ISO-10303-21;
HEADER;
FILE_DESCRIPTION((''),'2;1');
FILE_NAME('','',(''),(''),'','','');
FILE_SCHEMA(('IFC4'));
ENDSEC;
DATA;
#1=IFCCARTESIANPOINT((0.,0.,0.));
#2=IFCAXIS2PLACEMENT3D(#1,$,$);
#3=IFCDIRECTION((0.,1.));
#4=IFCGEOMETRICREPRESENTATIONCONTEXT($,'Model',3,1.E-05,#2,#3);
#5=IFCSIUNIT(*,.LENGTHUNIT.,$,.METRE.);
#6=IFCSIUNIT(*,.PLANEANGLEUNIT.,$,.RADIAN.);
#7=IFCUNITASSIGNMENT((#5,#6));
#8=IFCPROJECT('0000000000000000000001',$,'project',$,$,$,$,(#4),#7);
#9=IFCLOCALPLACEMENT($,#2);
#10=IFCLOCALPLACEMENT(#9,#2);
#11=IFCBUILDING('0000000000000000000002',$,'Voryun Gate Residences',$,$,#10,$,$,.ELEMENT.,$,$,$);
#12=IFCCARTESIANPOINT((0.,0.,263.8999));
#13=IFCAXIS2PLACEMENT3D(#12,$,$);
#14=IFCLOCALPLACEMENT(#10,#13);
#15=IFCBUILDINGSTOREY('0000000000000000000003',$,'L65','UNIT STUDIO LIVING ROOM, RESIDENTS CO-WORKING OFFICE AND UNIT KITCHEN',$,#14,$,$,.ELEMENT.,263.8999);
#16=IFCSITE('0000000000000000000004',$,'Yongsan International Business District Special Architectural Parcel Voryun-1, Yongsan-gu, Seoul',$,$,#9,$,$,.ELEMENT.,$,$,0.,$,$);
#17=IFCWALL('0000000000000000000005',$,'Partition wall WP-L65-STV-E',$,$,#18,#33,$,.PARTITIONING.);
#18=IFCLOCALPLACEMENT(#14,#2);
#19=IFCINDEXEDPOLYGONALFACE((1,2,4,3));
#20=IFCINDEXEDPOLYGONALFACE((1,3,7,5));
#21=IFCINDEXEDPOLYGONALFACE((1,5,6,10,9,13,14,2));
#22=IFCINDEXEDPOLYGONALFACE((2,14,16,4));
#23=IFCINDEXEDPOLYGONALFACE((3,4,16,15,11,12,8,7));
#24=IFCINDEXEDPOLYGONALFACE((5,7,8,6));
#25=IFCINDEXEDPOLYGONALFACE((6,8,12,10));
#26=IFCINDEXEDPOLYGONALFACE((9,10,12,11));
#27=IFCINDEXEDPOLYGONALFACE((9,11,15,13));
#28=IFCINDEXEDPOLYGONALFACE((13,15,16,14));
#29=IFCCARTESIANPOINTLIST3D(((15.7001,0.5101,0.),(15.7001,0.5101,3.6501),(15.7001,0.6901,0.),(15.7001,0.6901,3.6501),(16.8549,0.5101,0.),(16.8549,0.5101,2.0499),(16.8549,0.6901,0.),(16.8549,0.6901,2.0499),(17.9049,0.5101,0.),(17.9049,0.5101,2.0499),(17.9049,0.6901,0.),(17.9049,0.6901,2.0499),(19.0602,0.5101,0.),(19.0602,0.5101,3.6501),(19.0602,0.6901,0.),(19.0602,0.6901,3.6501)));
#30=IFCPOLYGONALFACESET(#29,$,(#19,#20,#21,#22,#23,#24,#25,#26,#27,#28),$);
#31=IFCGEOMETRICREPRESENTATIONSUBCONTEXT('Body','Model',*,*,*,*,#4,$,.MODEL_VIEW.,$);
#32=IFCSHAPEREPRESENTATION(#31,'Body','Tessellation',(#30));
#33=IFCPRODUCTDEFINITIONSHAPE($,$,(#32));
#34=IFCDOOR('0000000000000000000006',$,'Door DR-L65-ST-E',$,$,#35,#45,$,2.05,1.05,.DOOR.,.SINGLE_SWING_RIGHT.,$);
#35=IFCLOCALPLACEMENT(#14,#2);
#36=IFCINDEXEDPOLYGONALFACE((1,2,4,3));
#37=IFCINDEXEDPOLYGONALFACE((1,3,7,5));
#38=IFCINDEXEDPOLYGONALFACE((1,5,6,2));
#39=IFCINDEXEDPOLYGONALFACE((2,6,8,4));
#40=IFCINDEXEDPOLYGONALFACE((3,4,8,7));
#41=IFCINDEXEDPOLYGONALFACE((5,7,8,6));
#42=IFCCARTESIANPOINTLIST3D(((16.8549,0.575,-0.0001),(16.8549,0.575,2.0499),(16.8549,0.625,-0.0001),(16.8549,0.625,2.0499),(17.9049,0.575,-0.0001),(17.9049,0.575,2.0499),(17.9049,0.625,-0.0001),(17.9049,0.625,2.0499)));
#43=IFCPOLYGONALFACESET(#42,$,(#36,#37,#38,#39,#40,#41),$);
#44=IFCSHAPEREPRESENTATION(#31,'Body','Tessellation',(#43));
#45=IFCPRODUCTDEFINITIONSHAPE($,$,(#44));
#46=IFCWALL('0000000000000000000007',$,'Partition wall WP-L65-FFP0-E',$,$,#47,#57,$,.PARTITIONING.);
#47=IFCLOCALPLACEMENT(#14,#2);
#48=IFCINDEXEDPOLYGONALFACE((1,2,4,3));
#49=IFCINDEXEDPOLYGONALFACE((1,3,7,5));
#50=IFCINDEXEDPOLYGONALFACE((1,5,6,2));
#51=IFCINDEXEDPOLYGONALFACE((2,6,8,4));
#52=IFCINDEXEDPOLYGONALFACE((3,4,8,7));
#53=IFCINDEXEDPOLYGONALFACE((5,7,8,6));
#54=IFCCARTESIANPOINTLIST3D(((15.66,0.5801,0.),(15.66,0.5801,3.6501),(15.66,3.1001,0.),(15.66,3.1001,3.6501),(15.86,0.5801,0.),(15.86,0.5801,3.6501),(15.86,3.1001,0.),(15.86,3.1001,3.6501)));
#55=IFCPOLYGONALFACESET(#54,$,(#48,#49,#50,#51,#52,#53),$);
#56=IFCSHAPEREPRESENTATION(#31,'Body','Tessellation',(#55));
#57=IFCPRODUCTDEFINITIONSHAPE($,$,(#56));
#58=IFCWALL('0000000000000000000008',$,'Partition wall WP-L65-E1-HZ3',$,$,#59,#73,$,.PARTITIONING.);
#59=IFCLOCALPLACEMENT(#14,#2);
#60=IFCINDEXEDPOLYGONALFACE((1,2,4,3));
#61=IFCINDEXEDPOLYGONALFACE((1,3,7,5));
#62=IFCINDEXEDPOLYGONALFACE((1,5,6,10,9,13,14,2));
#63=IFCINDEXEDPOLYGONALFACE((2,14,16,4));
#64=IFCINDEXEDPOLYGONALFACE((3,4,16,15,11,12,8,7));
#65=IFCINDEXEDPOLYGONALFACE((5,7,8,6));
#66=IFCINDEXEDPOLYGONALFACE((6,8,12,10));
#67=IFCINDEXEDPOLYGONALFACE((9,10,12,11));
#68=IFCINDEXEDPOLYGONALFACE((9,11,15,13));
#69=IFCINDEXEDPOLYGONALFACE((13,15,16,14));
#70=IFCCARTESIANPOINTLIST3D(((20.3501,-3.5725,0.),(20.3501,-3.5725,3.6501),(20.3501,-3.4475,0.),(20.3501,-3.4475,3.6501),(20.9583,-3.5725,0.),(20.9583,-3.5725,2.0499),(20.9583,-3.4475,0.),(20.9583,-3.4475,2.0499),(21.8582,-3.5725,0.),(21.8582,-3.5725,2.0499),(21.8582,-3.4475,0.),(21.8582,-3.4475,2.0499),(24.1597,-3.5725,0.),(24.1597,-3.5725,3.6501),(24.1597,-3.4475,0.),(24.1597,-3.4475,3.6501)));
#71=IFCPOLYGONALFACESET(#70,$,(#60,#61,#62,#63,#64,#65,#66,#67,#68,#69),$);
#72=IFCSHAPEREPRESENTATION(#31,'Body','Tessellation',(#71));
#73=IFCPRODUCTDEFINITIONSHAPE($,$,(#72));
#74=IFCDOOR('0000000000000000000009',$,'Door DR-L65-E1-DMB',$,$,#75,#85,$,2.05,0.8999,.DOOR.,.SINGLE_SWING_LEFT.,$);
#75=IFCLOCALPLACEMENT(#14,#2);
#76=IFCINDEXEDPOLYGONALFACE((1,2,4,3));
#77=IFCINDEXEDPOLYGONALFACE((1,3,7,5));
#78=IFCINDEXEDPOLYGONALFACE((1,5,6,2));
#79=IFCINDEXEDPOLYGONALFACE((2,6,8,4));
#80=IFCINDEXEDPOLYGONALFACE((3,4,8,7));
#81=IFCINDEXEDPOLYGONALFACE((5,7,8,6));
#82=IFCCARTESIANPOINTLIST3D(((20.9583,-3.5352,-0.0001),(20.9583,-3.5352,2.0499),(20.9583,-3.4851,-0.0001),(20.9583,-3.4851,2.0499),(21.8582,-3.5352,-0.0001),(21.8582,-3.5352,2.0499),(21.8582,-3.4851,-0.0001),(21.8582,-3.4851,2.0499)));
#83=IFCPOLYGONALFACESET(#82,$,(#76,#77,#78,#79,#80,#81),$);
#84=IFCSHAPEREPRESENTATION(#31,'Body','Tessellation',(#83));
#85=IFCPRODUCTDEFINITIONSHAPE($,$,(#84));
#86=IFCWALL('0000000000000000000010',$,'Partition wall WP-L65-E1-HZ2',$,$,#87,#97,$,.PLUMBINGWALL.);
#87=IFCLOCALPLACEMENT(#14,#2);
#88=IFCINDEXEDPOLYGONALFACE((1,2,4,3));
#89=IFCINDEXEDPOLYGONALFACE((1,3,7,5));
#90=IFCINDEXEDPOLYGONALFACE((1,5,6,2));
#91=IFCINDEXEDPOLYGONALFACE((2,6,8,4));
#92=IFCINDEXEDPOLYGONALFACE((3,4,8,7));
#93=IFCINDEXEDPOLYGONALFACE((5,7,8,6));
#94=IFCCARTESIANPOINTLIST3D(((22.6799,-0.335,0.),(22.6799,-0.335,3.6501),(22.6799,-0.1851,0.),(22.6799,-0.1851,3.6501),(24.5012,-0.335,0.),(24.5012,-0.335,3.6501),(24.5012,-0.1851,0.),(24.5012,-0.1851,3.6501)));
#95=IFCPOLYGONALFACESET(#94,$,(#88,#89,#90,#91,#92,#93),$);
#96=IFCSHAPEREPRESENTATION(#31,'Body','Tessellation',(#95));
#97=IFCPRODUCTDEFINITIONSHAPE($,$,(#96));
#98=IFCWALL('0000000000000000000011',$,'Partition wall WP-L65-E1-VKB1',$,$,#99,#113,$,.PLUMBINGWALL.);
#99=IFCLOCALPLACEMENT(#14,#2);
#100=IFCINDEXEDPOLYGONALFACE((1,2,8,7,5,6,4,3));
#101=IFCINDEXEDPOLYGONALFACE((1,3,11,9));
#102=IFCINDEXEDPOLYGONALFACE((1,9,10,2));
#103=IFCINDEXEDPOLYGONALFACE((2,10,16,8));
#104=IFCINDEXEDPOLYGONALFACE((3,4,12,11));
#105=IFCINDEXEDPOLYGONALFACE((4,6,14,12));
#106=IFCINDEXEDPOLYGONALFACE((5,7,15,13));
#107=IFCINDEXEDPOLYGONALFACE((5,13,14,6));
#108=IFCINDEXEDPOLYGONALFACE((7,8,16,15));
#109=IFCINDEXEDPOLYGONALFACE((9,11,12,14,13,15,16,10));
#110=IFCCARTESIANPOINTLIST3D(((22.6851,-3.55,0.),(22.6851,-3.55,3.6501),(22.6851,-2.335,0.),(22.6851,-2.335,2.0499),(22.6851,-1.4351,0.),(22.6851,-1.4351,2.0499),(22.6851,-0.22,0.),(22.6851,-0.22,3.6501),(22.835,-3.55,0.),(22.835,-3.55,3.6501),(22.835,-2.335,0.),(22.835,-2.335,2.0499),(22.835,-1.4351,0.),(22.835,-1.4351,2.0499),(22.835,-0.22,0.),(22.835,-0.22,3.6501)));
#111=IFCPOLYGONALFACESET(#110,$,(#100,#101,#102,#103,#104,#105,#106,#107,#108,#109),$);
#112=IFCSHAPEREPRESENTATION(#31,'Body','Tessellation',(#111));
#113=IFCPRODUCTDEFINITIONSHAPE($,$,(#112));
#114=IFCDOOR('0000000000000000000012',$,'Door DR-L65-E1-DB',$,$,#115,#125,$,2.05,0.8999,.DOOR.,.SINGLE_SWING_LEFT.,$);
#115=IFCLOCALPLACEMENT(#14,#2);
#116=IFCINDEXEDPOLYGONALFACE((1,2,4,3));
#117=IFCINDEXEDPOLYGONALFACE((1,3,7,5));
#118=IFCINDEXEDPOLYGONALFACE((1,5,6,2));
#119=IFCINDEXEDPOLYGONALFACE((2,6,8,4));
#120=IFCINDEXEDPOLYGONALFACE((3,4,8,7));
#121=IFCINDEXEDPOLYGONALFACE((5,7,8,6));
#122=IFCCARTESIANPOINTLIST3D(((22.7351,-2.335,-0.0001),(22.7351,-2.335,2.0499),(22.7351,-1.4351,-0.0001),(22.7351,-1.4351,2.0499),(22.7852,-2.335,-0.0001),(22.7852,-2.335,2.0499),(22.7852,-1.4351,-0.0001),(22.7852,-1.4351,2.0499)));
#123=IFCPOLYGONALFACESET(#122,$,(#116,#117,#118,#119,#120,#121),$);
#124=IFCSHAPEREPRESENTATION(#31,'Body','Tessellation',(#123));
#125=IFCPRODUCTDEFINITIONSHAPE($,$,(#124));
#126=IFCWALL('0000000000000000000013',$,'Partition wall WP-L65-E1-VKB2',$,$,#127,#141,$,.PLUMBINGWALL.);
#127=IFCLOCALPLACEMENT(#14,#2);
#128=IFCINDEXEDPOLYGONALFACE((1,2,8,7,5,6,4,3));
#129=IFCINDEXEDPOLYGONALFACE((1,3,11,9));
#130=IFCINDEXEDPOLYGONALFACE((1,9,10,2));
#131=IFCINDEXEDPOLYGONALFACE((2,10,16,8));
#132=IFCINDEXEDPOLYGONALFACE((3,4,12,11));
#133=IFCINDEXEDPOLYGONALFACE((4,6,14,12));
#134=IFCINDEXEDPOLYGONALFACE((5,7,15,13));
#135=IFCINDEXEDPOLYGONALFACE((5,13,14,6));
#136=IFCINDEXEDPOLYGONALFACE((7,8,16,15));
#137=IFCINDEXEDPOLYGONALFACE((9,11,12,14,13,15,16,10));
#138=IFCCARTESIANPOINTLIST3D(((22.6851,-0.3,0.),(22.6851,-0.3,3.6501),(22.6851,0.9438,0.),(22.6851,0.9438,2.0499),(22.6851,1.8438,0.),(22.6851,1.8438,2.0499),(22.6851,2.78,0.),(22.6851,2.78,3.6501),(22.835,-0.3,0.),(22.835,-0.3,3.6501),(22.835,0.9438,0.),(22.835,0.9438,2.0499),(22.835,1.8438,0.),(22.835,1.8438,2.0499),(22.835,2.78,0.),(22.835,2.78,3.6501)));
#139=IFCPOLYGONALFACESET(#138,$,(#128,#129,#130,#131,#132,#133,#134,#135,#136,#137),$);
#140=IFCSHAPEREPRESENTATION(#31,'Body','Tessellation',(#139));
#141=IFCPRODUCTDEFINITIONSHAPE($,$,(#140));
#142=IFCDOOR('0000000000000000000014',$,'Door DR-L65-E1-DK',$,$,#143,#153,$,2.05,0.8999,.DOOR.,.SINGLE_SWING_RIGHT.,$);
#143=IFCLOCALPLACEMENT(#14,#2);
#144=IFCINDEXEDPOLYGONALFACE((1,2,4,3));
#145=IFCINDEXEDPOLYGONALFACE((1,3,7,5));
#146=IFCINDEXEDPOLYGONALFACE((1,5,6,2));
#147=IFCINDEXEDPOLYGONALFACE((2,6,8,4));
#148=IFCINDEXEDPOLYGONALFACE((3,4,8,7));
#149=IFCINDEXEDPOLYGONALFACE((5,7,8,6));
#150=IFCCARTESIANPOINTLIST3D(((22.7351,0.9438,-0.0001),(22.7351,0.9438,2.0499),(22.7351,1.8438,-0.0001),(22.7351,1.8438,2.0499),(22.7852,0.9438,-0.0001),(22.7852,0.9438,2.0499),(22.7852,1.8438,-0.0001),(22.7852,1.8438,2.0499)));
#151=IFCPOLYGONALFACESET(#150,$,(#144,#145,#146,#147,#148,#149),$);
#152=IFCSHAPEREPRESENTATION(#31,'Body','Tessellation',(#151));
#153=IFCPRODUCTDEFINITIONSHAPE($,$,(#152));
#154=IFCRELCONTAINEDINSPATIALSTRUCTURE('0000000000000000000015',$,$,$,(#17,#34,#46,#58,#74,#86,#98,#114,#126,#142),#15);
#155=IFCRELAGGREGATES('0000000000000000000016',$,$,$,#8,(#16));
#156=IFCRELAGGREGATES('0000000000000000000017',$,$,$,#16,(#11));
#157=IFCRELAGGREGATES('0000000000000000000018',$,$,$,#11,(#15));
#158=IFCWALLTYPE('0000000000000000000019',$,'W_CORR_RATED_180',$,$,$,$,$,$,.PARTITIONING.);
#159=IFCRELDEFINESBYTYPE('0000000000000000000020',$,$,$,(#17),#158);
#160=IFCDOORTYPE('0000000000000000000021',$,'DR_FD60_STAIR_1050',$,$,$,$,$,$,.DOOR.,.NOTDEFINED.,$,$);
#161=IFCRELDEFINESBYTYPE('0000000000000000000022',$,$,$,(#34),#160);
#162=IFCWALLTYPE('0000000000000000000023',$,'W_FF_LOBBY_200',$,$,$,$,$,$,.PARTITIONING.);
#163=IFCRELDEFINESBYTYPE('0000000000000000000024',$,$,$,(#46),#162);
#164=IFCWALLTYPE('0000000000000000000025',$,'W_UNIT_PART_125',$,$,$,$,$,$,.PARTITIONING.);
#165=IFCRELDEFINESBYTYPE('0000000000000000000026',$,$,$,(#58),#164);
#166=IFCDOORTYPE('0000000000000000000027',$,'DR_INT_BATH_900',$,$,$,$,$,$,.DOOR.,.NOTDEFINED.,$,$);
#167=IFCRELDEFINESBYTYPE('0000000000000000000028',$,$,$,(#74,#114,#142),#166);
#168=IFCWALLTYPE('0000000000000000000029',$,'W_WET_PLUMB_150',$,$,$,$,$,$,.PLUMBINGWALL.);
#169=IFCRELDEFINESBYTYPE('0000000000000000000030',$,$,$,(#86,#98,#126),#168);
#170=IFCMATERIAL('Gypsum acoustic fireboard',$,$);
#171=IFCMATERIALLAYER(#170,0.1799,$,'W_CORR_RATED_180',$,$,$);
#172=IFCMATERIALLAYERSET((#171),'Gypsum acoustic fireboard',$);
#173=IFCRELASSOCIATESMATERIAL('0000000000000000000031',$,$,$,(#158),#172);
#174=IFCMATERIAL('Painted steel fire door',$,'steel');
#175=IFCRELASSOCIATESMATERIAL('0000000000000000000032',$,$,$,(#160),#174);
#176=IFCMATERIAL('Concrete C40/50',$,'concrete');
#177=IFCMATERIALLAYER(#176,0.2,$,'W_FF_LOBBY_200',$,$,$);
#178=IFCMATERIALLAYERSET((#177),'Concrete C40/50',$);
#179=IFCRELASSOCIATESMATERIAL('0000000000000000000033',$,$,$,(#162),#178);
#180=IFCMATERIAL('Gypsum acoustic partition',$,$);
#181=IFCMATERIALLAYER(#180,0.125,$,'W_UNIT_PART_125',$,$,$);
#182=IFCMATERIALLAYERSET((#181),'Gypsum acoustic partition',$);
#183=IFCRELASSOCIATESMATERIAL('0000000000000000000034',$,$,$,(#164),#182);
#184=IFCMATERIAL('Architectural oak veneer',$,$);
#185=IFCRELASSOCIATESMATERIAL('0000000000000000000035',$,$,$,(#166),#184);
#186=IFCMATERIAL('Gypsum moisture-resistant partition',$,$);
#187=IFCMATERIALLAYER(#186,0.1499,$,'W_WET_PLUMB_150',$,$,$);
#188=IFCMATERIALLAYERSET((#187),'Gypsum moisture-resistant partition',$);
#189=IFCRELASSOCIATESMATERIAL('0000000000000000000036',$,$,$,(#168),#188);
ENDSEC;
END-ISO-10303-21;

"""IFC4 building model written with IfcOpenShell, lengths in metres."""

from ifc_helpers import new_model, si_unit, direction, frame, frame_2d, origin, place, context, subcontext, project, spatial, rectangle, extrude, material, layer, layer_set, type_object, element, fill, save


model = new_model("IFC4")

# Units and contexts
model_context = context("Model", 3, precision=1e-05, world=origin(), true_north=direction((0.0, 1.0)))
body_context = subcontext(model_context, "Body", "Model", "MODEL_VIEW")
ifc_project = project(units=[si_unit("LENGTHUNIT", "METRE"), si_unit("PLANEANGLEUNIT", "RADIAN")], contexts=[model_context])

# Site, building, storey
site_placement = place(None, origin())
site = spatial("IfcSite", under=ifc_project, at=site_placement, Name="Yongsan International Business District Special Architectural Parcel Voryun-1, Yongsan-gu, Seoul", CompositionType="ELEMENT", RefElevation=0.0)
building_placement = place(site_placement, origin())
building = spatial("IfcBuilding", under=site, at=building_placement, Name="Voryun Gate Residences", CompositionType="ELEMENT")
storey_placement = place(building_placement, frame((0.0, 0.0, 263.8999)))
storey = spatial("IfcBuildingStorey", under=building, at=storey_placement, Name="L65", Description="UNIT STUDIO LIVING ROOM, RESIDENTS CO-WORKING OFFICE AND UNIT KITCHEN", CompositionType="ELEMENT", Elevation=263.8999)

# Wall, opening, door
ifc_material_1 = material(Name="Gypsum acoustic fireboard")
ifc_layer_1 = layer(ifc_material_1, 0.1799, Name="W_CORR_RATED_180")
ifc_layer_set_1 = layer_set([ifc_layer_1], Name="Gypsum acoustic fireboard")
wall_type_1 = type_object("IfcWallType", Name="W_CORR_RATED_180", PredefinedType="PARTITIONING", material=ifc_layer_set_1)
wall_1_placement = place(storey_placement, frame((15.7, 0.6001, 0.0), z_axis=(0.0, 0.0, 1.0), x_axis=(1.0, 0.0, 0.0)))
wall_1 = element("IfcWall", 1, at=wall_1_placement, inside=storey, type_object=wall_type_1, Name="Partition wall WP-L65-STV-E", PredefinedType="PARTITIONING", context=body_context, shape_type="SweptSolid", body=[
    extrude(rectangle(XDim=3.3601, YDim=0.1799, at=frame_2d((1.6802, 0.0))), origin(), (0.0, 0.0, 1.0), 3.6501),
])
opening_1_placement = place(wall_1_placement, frame((1.155, 0.0, 0.0)))
opening_1 = element("IfcOpeningElement", 2, at=opening_1_placement, cuts=wall_1, PredefinedType="OPENING", context=body_context, shape_type="SweptSolid", body=[
    extrude(rectangle(XDim=1.05, YDim=2.05, at=frame_2d((0.5249, 1.0249))), frame((0.0, 0.0999, 0.0), z_axis=(0.0, -1.0, 0.0), x_axis=(1.0, 0.0, 0.0)), (0.0, 0.0, 1.0), 0.2),
])
ifc_material_2 = material(Name="Painted steel fire door", Category="steel")
door_type_1 = type_object("IfcDoorType", Name="DR_FD60_STAIR_1050", OperationType="NOTDEFINED", PredefinedType="DOOR", material=ifc_material_2)
door_1_placement = place(opening_1_placement, origin())
door_1 = element("IfcDoor", 3, at=door_1_placement, inside=storey, type_object=door_type_1, Name="Door DR-L65-ST-E", OperationType="SINGLE_SWING_RIGHT", OverallHeight=2.05, OverallWidth=1.05, PredefinedType="DOOR", context=body_context, shape_type="SweptSolid", body=[
    extrude(rectangle(XDim=1.05, YDim=2.05, at=frame_2d((0.5249, 1.0249))), frame((0.0, 0.0249, 0.0), z_axis=(0.0, -1.0, 0.0), x_axis=(1.0, 0.0, 0.0)), (0.0, 0.0, 1.0), 0.05),
])
fill(opening_1, door_1)

# Wall
ifc_material_3 = material(Name="Concrete C40/50", Category="concrete")
ifc_layer_2 = layer(ifc_material_3, 0.2, Name="W_FF_LOBBY_200")
ifc_layer_set_2 = layer_set([ifc_layer_2], Name="Concrete C40/50")
wall_type_2 = type_object("IfcWallType", Name="W_FF_LOBBY_200", PredefinedType="PARTITIONING", material=ifc_layer_set_2)
wall_2_placement = place(storey_placement, frame((15.76, 0.5801, 0.0), z_axis=(0.0, 0.0, 1.0), x_axis=(0.0, 1.0, 0.0)))
element("IfcWall", 4, at=wall_2_placement, inside=storey, type_object=wall_type_2, Name="Partition wall WP-L65-FFP0-E", PredefinedType="PARTITIONING", context=body_context, shape_type="SweptSolid", body=[
    extrude(rectangle(XDim=2.52, YDim=0.2, at=frame_2d((1.26, 0.0))), origin(), (0.0, 0.0, 1.0), 3.6501),
])

# Wall, opening, door
ifc_material_4 = material(Name="Gypsum acoustic partition")
ifc_layer_3 = layer(ifc_material_4, 0.125, Name="W_UNIT_PART_125")
ifc_layer_set_3 = layer_set([ifc_layer_3], Name="Gypsum acoustic partition")
wall_type_3 = type_object("IfcWallType", Name="W_UNIT_PART_125", PredefinedType="PARTITIONING", material=ifc_layer_set_3)
wall_3_placement = place(storey_placement, frame((20.3501, -3.51, 0.0), z_axis=(0.0, 0.0, 1.0), x_axis=(1.0, 0.0, 0.0)))
wall_3 = element("IfcWall", 5, at=wall_3_placement, inside=storey, type_object=wall_type_3, Name="Partition wall WP-L65-E1-HZ3", PredefinedType="PARTITIONING", context=body_context, shape_type="SweptSolid", body=[
    extrude(rectangle(XDim=3.8096, YDim=0.125, at=frame_2d((1.9048, 0.0))), origin(), (0.0, 0.0, 1.0), 3.6501),
])
opening_2_placement = place(wall_3_placement, frame((0.6082, 0.0, 0.0)))
opening_2 = element("IfcOpeningElement", 6, at=opening_2_placement, cuts=wall_3, PredefinedType="OPENING", context=body_context, shape_type="SweptSolid", body=[
    extrude(rectangle(XDim=0.8999, YDim=2.05, at=frame_2d((0.45, 1.0249))), frame((0.0, 0.0725, 0.0), z_axis=(0.0, -1.0, 0.0), x_axis=(1.0, 0.0, 0.0)), (0.0, 0.0, 1.0), 0.145),
])
ifc_material_5 = material(Name="Architectural oak veneer")
door_type_2 = type_object("IfcDoorType", Name="DR_INT_BATH_900", OperationType="NOTDEFINED", PredefinedType="DOOR", material=ifc_material_5)
door_2_placement = place(opening_2_placement, origin())
door_2 = element("IfcDoor", 7, at=door_2_placement, inside=storey, type_object=door_type_2, Name="Door DR-L65-E1-DMB", OperationType="SINGLE_SWING_LEFT", OverallHeight=2.05, OverallWidth=0.8999, PredefinedType="DOOR", context=body_context, shape_type="SweptSolid", body=[
    extrude(rectangle(XDim=0.8999, YDim=2.05, at=frame_2d((0.45, 1.0249))), frame((0.0, 0.0249, 0.0), z_axis=(0.0, -1.0, 0.0), x_axis=(1.0, 0.0, 0.0)), (0.0, 0.0, 1.0), 0.05),
])
fill(opening_2, door_2)

# Wall
ifc_material_6 = material(Name="Gypsum moisture-resistant partition")
ifc_layer_4 = layer(ifc_material_6, 0.1499, Name="W_WET_PLUMB_150")
ifc_layer_set_4 = layer_set([ifc_layer_4], Name="Gypsum moisture-resistant partition")
wall_type_4 = type_object("IfcWallType", Name="W_WET_PLUMB_150", PredefinedType="PLUMBINGWALL", material=ifc_layer_set_4)
wall_4_placement = place(storey_placement, frame((22.6799, -0.26, 0.0), z_axis=(0.0, 0.0, 1.0), x_axis=(1.0, 0.0, 0.0)))
element("IfcWall", 8, at=wall_4_placement, inside=storey, type_object=wall_type_4, Name="Partition wall WP-L65-E1-HZ2", PredefinedType="PLUMBINGWALL", context=body_context, shape_type="SweptSolid", body=[
    extrude(rectangle(XDim=1.8213, YDim=0.1499, at=frame_2d((0.9106, 0.0))), origin(), (0.0, 0.0, 1.0), 3.6501),
])

# Walls, openings, doors
wall_5_placement = place(storey_placement, frame((22.76, -3.55, 0.0), z_axis=(0.0, 0.0, 1.0), x_axis=(0.0, 1.0, 0.0)))
wall_5 = element("IfcWall", 9, at=wall_5_placement, inside=storey, type_object=wall_type_4, Name="Partition wall WP-L65-E1-VKB1", PredefinedType="PLUMBINGWALL", context=body_context, shape_type="SweptSolid", body=[
    extrude(rectangle(XDim=3.3301, YDim=0.1499, at=frame_2d((1.665, 0.0))), origin(), (0.0, 0.0, 1.0), 3.6501),
])
opening_3_placement = place(wall_5_placement, frame((1.2151, 0.0, 0.0)))
opening_3 = element("IfcOpeningElement", 10, at=opening_3_placement, cuts=wall_5, PredefinedType="OPENING", context=body_context, shape_type="SweptSolid", body=[
    extrude(rectangle(XDim=0.8999, YDim=2.05, at=frame_2d((0.45, 1.0249))), frame((0.0, 0.085, 0.0), z_axis=(0.0, -1.0, 0.0), x_axis=(1.0, 0.0, 0.0)), (0.0, 0.0, 1.0), 0.1699),
])
door_3_placement = place(opening_3_placement, origin())
door_3 = element("IfcDoor", 11, at=door_3_placement, inside=storey, type_object=door_type_2, Name="Door DR-L65-E1-DB", OperationType="SINGLE_SWING_LEFT", OverallHeight=2.05, OverallWidth=0.8999, PredefinedType="DOOR", context=body_context, shape_type="SweptSolid", body=[
    extrude(rectangle(XDim=0.8999, YDim=2.05, at=frame_2d((0.45, 1.0249))), frame((0.0, 0.0249, 0.0), z_axis=(0.0, -1.0, 0.0), x_axis=(1.0, 0.0, 0.0)), (0.0, 0.0, 1.0), 0.05),
])
fill(opening_3, door_3)
wall_6_placement = place(storey_placement, frame((22.76, -0.3, 0.0), z_axis=(0.0, 0.0, 1.0), x_axis=(0.0, 1.0, 0.0)))
wall_6 = element("IfcWall", 12, at=wall_6_placement, inside=storey, type_object=wall_type_4, Name="Partition wall WP-L65-E1-VKB2", PredefinedType="PLUMBINGWALL", context=body_context, shape_type="SweptSolid", body=[
    extrude(rectangle(XDim=3.0801, YDim=0.1499, at=frame_2d((1.54, 0.0))), origin(), (0.0, 0.0, 1.0), 3.6501),
])
opening_4_placement = place(wall_6_placement, frame((1.2439, 0.0, 0.0)))
opening_4 = element("IfcOpeningElement", 13, at=opening_4_placement, cuts=wall_6, PredefinedType="OPENING", context=body_context, shape_type="SweptSolid", body=[
    extrude(rectangle(XDim=0.8999, YDim=2.05, at=frame_2d((0.45, 1.0249))), frame((0.0, 0.085, 0.0), z_axis=(0.0, -1.0, 0.0), x_axis=(1.0, 0.0, 0.0)), (0.0, 0.0, 1.0), 0.1699),
])
door_4_placement = place(opening_4_placement, origin())
door_4 = element("IfcDoor", 14, at=door_4_placement, inside=storey, type_object=door_type_2, Name="Door DR-L65-E1-DK", OperationType="SINGLE_SWING_RIGHT", OverallHeight=2.05, OverallWidth=0.8999, PredefinedType="DOOR", context=body_context, shape_type="SweptSolid", body=[
    extrude(rectangle(XDim=0.8999, YDim=2.05, at=frame_2d((0.45, 1.0249))), frame((0.0, 0.0249, 0.0), z_axis=(0.0, -1.0, 0.0), x_axis=(1.0, 0.0, 0.0)), (0.0, 0.0, 1.0), 0.05),
])
fill(opening_4, door_4)

save(model, "model.ifc")
